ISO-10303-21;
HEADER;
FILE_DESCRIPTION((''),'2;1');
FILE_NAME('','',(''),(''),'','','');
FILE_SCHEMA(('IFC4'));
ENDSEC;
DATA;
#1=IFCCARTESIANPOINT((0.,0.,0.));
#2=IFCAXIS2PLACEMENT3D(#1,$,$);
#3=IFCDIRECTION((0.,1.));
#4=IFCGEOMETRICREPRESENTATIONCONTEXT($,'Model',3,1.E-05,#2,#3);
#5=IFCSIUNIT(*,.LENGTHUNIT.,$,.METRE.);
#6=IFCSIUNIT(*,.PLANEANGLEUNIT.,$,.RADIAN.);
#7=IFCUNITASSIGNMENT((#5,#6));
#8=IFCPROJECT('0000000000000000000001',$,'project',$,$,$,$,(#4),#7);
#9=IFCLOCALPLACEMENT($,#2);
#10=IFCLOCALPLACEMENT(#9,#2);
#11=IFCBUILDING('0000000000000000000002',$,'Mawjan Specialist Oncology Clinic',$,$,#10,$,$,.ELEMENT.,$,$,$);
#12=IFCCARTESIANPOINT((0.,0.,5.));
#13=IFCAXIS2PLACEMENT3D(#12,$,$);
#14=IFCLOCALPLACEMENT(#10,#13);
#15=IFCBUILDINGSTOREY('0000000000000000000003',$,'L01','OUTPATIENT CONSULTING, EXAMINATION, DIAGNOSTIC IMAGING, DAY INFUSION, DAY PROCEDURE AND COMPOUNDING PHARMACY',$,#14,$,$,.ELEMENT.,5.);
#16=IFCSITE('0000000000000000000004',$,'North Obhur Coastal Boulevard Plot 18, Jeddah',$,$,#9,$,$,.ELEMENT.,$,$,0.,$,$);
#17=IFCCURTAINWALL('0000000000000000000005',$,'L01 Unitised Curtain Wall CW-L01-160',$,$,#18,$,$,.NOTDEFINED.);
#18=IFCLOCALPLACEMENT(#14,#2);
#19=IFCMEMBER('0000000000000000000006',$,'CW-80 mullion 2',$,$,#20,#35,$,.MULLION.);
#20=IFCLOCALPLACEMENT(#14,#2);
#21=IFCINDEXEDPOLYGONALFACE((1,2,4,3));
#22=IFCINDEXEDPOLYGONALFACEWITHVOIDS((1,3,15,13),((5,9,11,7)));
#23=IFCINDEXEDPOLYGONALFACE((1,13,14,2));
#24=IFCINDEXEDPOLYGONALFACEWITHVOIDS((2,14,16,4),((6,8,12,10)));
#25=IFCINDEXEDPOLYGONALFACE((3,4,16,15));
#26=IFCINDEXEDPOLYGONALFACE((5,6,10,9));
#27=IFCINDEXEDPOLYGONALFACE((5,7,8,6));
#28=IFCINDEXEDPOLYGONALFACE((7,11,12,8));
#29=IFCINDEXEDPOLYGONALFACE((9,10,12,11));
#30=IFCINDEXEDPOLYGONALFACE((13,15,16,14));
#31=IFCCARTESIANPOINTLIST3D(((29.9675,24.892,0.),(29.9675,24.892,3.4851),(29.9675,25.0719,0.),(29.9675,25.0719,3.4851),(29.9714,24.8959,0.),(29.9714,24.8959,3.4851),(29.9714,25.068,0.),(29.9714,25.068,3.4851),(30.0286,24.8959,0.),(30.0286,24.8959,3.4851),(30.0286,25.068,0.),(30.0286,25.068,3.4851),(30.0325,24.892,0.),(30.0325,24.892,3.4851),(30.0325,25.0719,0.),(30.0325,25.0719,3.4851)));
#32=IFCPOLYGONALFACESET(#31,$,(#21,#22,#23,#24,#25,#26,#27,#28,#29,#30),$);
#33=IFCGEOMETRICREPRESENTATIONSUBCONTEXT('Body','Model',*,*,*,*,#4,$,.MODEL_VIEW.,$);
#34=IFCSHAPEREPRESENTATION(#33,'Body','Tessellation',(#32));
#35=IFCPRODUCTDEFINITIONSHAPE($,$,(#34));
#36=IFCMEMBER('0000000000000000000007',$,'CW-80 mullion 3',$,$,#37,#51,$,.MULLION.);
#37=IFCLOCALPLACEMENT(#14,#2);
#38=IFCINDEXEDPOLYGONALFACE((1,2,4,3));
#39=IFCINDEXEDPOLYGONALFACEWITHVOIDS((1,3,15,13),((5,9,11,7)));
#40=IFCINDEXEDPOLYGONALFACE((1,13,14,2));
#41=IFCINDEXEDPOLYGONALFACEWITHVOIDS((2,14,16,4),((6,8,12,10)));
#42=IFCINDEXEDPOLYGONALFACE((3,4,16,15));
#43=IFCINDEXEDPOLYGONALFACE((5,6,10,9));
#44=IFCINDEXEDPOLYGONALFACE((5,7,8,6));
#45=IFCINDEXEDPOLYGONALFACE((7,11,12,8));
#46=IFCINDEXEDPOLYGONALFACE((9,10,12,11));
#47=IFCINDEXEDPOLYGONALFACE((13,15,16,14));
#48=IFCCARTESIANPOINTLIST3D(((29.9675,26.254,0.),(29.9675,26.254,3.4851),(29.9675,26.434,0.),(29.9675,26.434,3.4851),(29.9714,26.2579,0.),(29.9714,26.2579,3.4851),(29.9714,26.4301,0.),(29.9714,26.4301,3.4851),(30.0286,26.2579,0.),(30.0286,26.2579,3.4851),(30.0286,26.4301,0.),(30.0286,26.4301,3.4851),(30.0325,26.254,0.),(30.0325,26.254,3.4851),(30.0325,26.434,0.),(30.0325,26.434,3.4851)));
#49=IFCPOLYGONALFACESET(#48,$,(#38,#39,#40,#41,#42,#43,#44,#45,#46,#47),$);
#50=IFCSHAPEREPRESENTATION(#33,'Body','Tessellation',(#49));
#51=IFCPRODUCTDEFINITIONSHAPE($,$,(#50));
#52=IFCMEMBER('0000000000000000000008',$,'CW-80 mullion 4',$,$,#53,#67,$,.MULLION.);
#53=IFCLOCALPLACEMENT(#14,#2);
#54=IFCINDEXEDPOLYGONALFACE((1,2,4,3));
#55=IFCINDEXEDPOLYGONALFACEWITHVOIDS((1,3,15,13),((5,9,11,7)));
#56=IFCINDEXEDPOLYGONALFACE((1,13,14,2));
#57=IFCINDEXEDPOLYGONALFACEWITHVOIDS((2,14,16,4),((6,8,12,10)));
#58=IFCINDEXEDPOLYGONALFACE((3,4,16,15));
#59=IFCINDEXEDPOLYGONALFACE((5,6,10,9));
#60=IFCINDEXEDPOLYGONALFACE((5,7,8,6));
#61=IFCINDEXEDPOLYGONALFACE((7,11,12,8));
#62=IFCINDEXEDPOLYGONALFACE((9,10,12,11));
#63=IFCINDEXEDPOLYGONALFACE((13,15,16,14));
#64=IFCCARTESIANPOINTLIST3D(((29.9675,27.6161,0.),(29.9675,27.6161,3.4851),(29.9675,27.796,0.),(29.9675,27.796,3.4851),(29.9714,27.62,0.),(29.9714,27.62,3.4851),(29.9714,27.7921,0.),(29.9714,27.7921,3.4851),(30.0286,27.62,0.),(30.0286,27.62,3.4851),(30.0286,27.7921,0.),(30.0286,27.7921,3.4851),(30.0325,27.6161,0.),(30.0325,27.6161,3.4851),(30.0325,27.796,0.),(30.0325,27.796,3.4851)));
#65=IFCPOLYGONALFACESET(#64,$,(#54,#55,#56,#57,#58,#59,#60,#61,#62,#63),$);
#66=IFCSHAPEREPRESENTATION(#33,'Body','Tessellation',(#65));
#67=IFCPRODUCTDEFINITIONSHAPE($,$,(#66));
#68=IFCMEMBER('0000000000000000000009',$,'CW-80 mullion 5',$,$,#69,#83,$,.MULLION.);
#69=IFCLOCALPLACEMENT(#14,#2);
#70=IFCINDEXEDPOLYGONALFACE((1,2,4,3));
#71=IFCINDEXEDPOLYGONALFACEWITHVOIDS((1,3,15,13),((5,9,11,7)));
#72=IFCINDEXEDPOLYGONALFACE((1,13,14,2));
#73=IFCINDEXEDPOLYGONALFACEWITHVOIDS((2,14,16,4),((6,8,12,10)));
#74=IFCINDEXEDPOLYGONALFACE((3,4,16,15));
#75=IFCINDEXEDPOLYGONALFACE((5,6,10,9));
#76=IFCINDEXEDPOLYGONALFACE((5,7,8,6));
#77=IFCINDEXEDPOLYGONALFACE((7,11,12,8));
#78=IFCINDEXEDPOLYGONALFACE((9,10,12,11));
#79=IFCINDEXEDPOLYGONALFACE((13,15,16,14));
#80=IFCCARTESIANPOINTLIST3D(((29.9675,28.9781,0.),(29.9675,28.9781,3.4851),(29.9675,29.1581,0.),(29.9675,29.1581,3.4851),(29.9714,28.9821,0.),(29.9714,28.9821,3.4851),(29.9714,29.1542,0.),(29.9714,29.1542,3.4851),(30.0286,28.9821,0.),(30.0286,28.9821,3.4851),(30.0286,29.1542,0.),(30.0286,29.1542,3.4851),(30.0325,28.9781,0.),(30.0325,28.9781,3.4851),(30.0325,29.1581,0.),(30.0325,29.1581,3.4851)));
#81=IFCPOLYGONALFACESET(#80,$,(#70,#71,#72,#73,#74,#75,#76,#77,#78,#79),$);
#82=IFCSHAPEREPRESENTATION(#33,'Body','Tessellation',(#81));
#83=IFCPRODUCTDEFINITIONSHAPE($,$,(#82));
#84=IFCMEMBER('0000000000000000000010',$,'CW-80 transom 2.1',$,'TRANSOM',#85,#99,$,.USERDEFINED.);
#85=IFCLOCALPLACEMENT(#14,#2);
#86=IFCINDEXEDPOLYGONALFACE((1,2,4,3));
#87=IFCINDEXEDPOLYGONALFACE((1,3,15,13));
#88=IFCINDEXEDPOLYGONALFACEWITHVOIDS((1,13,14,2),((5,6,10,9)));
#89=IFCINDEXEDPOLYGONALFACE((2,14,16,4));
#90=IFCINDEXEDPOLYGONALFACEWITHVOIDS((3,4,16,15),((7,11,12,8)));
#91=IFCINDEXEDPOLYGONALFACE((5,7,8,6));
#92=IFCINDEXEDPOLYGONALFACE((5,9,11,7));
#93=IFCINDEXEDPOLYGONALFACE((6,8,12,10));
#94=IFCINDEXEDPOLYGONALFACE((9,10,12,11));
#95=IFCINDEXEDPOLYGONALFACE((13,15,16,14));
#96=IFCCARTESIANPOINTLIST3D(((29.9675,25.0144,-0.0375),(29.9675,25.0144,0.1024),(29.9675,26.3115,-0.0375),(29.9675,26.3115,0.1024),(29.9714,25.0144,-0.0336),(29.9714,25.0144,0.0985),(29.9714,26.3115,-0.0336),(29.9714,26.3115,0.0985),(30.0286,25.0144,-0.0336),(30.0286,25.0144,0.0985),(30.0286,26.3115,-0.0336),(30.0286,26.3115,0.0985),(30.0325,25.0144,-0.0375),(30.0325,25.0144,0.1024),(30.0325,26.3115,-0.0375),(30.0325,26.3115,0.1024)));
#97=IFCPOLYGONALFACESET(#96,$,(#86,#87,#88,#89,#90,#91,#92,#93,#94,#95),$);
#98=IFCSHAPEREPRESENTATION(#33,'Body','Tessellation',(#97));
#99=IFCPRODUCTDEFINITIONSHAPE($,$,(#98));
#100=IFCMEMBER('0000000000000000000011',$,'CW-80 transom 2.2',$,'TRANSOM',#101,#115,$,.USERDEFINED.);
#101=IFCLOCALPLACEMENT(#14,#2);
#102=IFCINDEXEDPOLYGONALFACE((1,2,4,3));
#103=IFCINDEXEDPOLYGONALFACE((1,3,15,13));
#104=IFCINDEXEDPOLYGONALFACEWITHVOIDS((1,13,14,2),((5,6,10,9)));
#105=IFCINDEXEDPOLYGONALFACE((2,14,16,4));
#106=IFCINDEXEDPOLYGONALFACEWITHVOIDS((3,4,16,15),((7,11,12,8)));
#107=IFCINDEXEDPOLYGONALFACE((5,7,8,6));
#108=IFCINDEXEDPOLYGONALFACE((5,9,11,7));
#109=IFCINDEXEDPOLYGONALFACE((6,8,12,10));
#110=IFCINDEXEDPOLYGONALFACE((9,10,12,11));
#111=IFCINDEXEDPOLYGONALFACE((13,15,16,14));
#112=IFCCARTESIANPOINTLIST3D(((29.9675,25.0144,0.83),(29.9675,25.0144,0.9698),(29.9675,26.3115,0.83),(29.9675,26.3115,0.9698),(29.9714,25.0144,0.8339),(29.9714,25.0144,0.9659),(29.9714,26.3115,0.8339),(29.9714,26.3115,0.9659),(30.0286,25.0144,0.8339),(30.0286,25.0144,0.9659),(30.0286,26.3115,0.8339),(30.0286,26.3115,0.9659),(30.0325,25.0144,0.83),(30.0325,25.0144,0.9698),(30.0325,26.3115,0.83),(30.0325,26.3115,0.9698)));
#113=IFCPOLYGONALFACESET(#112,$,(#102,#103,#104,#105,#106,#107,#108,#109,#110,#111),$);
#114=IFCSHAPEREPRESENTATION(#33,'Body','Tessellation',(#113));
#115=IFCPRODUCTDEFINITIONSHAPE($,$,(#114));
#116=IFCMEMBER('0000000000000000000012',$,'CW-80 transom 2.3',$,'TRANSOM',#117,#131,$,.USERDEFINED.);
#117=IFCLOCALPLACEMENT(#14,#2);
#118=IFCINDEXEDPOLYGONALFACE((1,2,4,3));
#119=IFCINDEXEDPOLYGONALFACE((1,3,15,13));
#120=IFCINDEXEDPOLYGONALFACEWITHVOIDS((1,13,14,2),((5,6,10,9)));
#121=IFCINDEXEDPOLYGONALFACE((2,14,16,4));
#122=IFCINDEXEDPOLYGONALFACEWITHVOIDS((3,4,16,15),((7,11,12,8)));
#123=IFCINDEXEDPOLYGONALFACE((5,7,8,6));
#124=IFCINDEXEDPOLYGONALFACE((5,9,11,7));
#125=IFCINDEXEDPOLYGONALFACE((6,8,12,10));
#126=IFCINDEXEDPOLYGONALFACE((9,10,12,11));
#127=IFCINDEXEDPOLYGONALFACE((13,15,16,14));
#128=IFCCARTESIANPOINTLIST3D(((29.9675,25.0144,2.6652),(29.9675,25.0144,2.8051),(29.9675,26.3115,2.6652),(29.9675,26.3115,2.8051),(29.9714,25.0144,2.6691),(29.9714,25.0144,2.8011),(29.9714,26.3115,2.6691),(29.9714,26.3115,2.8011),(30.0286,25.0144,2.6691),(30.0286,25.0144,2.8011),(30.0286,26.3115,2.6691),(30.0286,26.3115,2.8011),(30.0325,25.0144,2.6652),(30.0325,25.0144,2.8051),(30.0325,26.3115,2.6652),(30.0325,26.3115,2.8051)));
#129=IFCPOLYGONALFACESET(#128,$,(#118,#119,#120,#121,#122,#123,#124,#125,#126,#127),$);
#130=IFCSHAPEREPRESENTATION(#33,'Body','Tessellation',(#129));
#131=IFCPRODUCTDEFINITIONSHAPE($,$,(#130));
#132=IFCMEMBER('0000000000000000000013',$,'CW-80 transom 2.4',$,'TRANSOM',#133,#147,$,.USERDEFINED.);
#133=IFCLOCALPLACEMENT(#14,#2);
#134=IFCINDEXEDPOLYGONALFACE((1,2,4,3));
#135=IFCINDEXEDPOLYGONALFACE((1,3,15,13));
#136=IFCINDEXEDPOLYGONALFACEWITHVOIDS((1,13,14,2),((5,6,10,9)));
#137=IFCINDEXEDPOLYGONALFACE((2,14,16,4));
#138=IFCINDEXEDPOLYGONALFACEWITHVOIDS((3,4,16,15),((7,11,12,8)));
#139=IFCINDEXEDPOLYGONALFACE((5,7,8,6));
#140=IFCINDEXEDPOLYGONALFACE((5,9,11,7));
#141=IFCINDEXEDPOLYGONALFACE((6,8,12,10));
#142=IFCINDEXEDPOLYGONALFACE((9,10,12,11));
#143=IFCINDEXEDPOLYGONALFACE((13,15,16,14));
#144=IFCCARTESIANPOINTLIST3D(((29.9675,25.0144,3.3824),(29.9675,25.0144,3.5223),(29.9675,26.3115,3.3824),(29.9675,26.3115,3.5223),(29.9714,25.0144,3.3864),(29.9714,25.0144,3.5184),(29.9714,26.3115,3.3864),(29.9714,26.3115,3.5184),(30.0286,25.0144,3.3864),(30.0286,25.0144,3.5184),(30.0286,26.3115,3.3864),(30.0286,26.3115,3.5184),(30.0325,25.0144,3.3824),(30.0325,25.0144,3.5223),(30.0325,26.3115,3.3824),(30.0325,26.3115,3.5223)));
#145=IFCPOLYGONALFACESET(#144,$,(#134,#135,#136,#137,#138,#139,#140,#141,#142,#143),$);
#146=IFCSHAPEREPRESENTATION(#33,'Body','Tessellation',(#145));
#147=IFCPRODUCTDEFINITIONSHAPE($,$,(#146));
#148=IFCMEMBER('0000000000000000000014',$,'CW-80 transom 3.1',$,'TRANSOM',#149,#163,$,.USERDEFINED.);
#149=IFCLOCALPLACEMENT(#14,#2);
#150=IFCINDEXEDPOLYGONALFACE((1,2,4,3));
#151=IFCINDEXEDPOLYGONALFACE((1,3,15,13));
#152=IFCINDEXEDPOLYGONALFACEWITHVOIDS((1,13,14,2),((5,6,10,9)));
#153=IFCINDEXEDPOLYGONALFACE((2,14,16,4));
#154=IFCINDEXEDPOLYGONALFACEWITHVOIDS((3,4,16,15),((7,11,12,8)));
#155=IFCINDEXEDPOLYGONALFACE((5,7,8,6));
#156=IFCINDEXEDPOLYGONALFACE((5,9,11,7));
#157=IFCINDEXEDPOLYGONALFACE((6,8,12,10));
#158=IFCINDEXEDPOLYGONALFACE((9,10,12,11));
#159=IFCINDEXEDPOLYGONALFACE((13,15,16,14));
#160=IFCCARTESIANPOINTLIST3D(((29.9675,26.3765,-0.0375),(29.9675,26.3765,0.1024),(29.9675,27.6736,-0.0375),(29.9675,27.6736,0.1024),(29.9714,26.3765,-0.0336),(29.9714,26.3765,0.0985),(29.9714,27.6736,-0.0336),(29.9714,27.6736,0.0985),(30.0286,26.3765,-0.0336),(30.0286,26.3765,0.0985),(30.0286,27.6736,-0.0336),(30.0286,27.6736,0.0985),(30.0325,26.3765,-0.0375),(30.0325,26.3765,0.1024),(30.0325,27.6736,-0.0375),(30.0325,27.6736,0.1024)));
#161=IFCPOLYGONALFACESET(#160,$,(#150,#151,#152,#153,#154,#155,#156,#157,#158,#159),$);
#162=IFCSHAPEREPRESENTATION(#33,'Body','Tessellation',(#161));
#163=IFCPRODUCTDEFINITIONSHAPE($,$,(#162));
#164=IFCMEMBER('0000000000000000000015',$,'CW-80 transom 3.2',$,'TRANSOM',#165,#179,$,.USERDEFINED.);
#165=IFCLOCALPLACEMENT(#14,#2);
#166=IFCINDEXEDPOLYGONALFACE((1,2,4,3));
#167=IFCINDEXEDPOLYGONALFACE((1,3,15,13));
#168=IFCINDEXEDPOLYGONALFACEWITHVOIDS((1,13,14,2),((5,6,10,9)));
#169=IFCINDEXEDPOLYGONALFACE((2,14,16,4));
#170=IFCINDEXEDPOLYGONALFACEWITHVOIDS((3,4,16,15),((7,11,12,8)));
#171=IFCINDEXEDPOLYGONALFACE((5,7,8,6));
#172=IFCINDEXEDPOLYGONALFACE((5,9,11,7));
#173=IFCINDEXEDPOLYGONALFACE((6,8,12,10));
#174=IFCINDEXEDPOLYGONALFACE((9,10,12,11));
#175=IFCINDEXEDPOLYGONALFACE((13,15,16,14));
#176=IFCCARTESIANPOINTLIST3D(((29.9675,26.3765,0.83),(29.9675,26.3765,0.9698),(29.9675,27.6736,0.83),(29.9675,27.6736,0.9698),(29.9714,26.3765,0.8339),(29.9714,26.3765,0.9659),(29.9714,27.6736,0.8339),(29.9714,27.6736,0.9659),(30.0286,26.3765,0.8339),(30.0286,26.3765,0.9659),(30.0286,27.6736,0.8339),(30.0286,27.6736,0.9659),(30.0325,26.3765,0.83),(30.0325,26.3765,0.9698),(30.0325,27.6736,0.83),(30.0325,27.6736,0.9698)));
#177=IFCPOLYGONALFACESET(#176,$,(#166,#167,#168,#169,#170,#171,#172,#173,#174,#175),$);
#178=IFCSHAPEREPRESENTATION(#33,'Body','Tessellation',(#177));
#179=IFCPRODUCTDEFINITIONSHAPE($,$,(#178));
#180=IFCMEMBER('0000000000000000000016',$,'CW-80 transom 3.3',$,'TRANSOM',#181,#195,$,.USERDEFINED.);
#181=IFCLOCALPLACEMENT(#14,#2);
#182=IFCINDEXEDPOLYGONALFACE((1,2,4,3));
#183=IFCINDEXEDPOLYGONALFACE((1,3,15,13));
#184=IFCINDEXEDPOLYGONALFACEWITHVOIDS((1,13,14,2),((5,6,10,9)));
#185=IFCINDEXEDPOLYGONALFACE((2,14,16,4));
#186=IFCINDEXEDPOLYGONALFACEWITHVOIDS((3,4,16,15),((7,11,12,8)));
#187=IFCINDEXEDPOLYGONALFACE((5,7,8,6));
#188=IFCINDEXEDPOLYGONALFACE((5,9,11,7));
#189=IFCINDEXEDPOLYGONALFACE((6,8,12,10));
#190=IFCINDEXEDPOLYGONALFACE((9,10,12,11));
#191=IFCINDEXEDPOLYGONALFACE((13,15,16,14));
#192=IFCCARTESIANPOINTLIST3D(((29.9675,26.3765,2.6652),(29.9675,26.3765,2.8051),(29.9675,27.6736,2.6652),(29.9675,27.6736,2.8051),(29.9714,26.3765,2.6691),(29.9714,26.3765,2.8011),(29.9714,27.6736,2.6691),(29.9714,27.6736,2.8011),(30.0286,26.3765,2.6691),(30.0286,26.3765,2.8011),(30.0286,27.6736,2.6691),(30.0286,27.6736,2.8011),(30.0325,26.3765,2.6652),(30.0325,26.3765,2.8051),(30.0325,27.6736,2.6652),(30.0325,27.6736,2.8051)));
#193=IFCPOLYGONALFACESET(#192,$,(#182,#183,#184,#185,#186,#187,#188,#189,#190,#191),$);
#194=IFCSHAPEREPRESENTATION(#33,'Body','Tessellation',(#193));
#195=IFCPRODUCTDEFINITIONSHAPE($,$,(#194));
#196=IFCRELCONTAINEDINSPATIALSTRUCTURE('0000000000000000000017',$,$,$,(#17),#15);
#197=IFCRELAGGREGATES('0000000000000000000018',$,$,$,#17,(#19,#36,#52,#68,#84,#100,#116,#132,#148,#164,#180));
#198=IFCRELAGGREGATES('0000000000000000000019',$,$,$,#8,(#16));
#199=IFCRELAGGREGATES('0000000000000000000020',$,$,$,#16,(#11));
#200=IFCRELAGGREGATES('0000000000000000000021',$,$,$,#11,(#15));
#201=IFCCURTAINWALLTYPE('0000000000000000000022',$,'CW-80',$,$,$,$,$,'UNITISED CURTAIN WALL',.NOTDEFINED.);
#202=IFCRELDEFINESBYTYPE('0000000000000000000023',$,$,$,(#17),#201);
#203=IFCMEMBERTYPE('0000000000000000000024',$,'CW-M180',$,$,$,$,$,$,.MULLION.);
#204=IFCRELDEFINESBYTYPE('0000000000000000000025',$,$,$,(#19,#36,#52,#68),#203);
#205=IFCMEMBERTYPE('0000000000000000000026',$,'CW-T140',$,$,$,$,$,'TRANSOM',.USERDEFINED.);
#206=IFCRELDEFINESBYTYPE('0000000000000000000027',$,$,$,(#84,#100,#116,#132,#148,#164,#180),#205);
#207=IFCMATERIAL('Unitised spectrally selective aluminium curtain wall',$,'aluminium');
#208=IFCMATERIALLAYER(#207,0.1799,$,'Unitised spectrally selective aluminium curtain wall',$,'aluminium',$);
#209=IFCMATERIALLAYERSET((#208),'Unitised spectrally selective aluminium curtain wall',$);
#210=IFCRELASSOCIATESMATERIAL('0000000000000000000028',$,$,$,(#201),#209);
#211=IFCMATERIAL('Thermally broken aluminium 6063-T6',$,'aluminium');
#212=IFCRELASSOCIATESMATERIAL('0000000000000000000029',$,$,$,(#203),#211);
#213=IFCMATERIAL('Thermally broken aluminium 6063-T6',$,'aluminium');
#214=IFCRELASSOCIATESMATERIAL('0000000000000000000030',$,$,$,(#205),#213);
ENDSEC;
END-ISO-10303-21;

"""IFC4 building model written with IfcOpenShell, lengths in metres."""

from ifc_helpers import new_model, si_unit, direction, frame, origin, origin_2d, place, context, subcontext, project, spatial, hollow_rectangle, extrude, material, layer, layer_set, material_profile, profile_set, type_object, element, aggregate, save


model = new_model("IFC4")

# Units and contexts
model_context = context("Model", 3, precision=1e-05, world=origin(), true_north=direction((0.0, 1.0)))
body_context = subcontext(model_context, "Body", "Model", "MODEL_VIEW")
ifc_project = project(units=[si_unit("LENGTHUNIT", "METRE"), si_unit("PLANEANGLEUNIT", "RADIAN")], contexts=[model_context])

# Site, building, storey
site_placement = place(None, origin())
site = spatial("IfcSite", under=ifc_project, at=site_placement, Name="North Obhur Coastal Boulevard Plot 18, Jeddah", CompositionType="ELEMENT", RefElevation=0.0)
building_placement = place(site_placement, origin())
building = spatial("IfcBuilding", under=site, at=building_placement, Name="Mawjan Specialist Oncology Clinic", CompositionType="ELEMENT")
storey_placement = place(building_placement, frame((0.0, 0.0, 5.0)))
storey = spatial("IfcBuildingStorey", under=building, at=storey_placement, Name="L01", Description="OUTPATIENT CONSULTING, EXAMINATION, DIAGNOSTIC IMAGING, DAY INFUSION, DAY PROCEDURE AND COMPOUNDING PHARMACY", CompositionType="ELEMENT", Elevation=5.0)

# Curtain wall, members
ifc_material_1 = material(Name="Unitised spectrally selective aluminium curtain wall", Category="aluminium")
ifc_layer_1 = layer(ifc_material_1, 0.1799, Name="Unitised spectrally selective aluminium curtain wall", Category="aluminium")
ifc_layer_set_1 = layer_set([ifc_layer_1], Name="Unitised spectrally selective aluminium curtain wall")
curtain_wall_type = type_object("IfcCurtainWallType", Name="CW-80", ElementType="UNITISED CURTAIN WALL", PredefinedType="NOTDEFINED", material=ifc_layer_set_1)
curtain_wall_placement = place(storey_placement, origin())
curtain_wall = element("IfcCurtainWall", 1, at=curtain_wall_placement, inside=storey, type_object=curtain_wall_type, Name="L01 Unitised Curtain Wall CW-L01-160", PredefinedType="NOTDEFINED")
ifc_material_2 = material(Name="Thermally broken aluminium 6063-T6", Category="aluminium")
ifc_material_profile_1 = material_profile(ifc_material_2, hollow_rectangle(XDim=0.0649, YDim=0.1799, WallThickness=0.0039, at=origin_2d()), Name="ALU MULLION 180x65x4", Category="aluminium")
ifc_profile_set_1 = profile_set([ifc_material_profile_1], Name="Thermally broken aluminium 6063-T6")
member_type_1 = type_object("IfcMemberType", Name="CW-M180", PredefinedType="MULLION", material=ifc_profile_set_1)
member_1_placement = place(storey_placement, frame((30.0, 24.9819, 0.0), z_axis=(0.0, 0.0, 1.0), x_axis=(-1.0, 0.0, 0.0)))
member_1 = element("IfcMember", 2, at=member_1_placement, type_object=member_type_1, Name="CW-80 mullion 2", PredefinedType="MULLION", context=body_context, shape_type="SweptSolid", body=[
    extrude(hollow_rectangle(XDim=0.0649, YDim=0.1799, WallThickness=0.0039, at=origin_2d()), origin(), (0.0, 0.0, 1.0), 3.4851),
])
member_2_placement = place(storey_placement, frame((30.0, 26.344, 0.0), z_axis=(0.0, 0.0, 1.0), x_axis=(-1.0, 0.0, 0.0)))
member_2 = element("IfcMember", 3, at=member_2_placement, type_object=member_type_1, Name="CW-80 mullion 3", PredefinedType="MULLION", context=body_context, shape_type="SweptSolid", body=[
    extrude(hollow_rectangle(XDim=0.0649, YDim=0.1799, WallThickness=0.0039, at=origin_2d()), origin(), (0.0, 0.0, 1.0), 3.4851),
])
member_3_placement = place(storey_placement, frame((30.0, 27.7061, 0.0), z_axis=(0.0, 0.0, 1.0), x_axis=(-1.0, 0.0, 0.0)))
member_3 = element("IfcMember", 4, at=member_3_placement, type_object=member_type_1, Name="CW-80 mullion 4", PredefinedType="MULLION", context=body_context, shape_type="SweptSolid", body=[
    extrude(hollow_rectangle(XDim=0.0649, YDim=0.1799, WallThickness=0.0039, at=origin_2d()), origin(), (0.0, 0.0, 1.0), 3.4851),
])
member_4_placement = place(storey_placement, frame((30.0, 29.0681, 0.0), z_axis=(0.0, 0.0, 1.0), x_axis=(-1.0, 0.0, 0.0)))
member_4 = element("IfcMember", 5, at=member_4_placement, type_object=member_type_1, Name="CW-80 mullion 5", PredefinedType="MULLION", context=body_context, shape_type="SweptSolid", body=[
    extrude(hollow_rectangle(XDim=0.0649, YDim=0.1799, WallThickness=0.0039, at=origin_2d()), origin(), (0.0, 0.0, 1.0), 3.4851),
])
ifc_material_3 = material(Name="Thermally broken aluminium 6063-T6", Category="aluminium")
ifc_material_profile_2 = material_profile(ifc_material_3, hollow_rectangle(XDim=0.0649, YDim=0.1399, WallThickness=0.0039, at=origin_2d()), Name="ALU TRANSOM 140x65x4", Category="aluminium")
ifc_profile_set_2 = profile_set([ifc_material_profile_2], Name="Thermally broken aluminium 6063-T6")
member_type_2 = type_object("IfcMemberType", Name="CW-T140", ElementType="TRANSOM", PredefinedType="USERDEFINED", material=ifc_profile_set_2)
member_5_placement = place(storey_placement, frame((30.0, 25.0144, 0.0325), z_axis=(0.0, 1.0, 0.0), x_axis=(-1.0, 0.0, 0.0)))
member_5 = element("IfcMember", 6, at=member_5_placement, type_object=member_type_2, Name="CW-80 transom 2.1", ObjectType="TRANSOM", PredefinedType="USERDEFINED", context=body_context, shape_type="SweptSolid", body=[
    extrude(hollow_rectangle(XDim=0.0649, YDim=0.1399, WallThickness=0.0039, at=origin_2d()), origin(), (0.0, 0.0, 1.0), 1.2971),
])
member_6_placement = place(storey_placement, frame((30.0, 25.0144, 0.8999), z_axis=(0.0, 1.0, 0.0), x_axis=(-1.0, 0.0, 0.0)))
member_6 = element("IfcMember", 7, at=member_6_placement, type_object=member_type_2, Name="CW-80 transom 2.2", ObjectType="TRANSOM", PredefinedType="USERDEFINED", context=body_context, shape_type="SweptSolid", body=[
    extrude(hollow_rectangle(XDim=0.0649, YDim=0.1399, WallThickness=0.0039, at=origin_2d()), origin(), (0.0, 0.0, 1.0), 1.2971),
])
member_7_placement = place(storey_placement, frame((30.0, 25.0144, 2.7351), z_axis=(0.0, 1.0, 0.0), x_axis=(-1.0, 0.0, 0.0)))
member_7 = element("IfcMember", 8, at=member_7_placement, type_object=member_type_2, Name="CW-80 transom 2.3", ObjectType="TRANSOM", PredefinedType="USERDEFINED", context=body_context, shape_type="SweptSolid", body=[
    extrude(hollow_rectangle(XDim=0.0649, YDim=0.1399, WallThickness=0.0039, at=origin_2d()), origin(), (0.0, 0.0, 1.0), 1.2971),
])
member_8_placement = place(storey_placement, frame((30.0, 25.0144, 3.4524), z_axis=(0.0, 1.0, 0.0), x_axis=(-1.0, 0.0, 0.0)))
member_8 = element("IfcMember", 9, at=member_8_placement, type_object=member_type_2, Name="CW-80 transom 2.4", ObjectType="TRANSOM", PredefinedType="USERDEFINED", context=body_context, shape_type="SweptSolid", body=[
    extrude(hollow_rectangle(XDim=0.0649, YDim=0.1399, WallThickness=0.0039, at=origin_2d()), origin(), (0.0, 0.0, 1.0), 1.2971),
])
member_9_placement = place(storey_placement, frame((30.0, 26.3765, 0.0325), z_axis=(0.0, 1.0, 0.0), x_axis=(-1.0, 0.0, 0.0)))
member_9 = element("IfcMember", 10, at=member_9_placement, type_object=member_type_2, Name="CW-80 transom 3.1", ObjectType="TRANSOM", PredefinedType="USERDEFINED", context=body_context, shape_type="SweptSolid", body=[
    extrude(hollow_rectangle(XDim=0.0649, YDim=0.1399, WallThickness=0.0039, at=origin_2d()), origin(), (0.0, 0.0, 1.0), 1.2971),
])
member_10_placement = place(storey_placement, frame((30.0, 26.3765, 0.8999), z_axis=(0.0, 1.0, 0.0), x_axis=(-1.0, 0.0, 0.0)))
member_10 = element("IfcMember", 11, at=member_10_placement, type_object=member_type_2, Name="CW-80 transom 3.2", ObjectType="TRANSOM", PredefinedType="USERDEFINED", context=body_context, shape_type="SweptSolid", body=[
    extrude(hollow_rectangle(XDim=0.0649, YDim=0.1399, WallThickness=0.0039, at=origin_2d()), origin(), (0.0, 0.0, 1.0), 1.2971),
])
member_11_placement = place(storey_placement, frame((30.0, 26.3765, 2.7351), z_axis=(0.0, 1.0, 0.0), x_axis=(-1.0, 0.0, 0.0)))
member_11 = element("IfcMember", 12, at=member_11_placement, type_object=member_type_2, Name="CW-80 transom 3.3", ObjectType="TRANSOM", PredefinedType="USERDEFINED", context=body_context, shape_type="SweptSolid", body=[
    extrude(hollow_rectangle(XDim=0.0649, YDim=0.1399, WallThickness=0.0039, at=origin_2d()), origin(), (0.0, 0.0, 1.0), 1.2971),
])
aggregate(curtain_wall, [member_1, member_2, member_3, member_4, member_5, member_6, member_7, member_8, member_9, member_10, member_11])

save(model, "model.ifc")
